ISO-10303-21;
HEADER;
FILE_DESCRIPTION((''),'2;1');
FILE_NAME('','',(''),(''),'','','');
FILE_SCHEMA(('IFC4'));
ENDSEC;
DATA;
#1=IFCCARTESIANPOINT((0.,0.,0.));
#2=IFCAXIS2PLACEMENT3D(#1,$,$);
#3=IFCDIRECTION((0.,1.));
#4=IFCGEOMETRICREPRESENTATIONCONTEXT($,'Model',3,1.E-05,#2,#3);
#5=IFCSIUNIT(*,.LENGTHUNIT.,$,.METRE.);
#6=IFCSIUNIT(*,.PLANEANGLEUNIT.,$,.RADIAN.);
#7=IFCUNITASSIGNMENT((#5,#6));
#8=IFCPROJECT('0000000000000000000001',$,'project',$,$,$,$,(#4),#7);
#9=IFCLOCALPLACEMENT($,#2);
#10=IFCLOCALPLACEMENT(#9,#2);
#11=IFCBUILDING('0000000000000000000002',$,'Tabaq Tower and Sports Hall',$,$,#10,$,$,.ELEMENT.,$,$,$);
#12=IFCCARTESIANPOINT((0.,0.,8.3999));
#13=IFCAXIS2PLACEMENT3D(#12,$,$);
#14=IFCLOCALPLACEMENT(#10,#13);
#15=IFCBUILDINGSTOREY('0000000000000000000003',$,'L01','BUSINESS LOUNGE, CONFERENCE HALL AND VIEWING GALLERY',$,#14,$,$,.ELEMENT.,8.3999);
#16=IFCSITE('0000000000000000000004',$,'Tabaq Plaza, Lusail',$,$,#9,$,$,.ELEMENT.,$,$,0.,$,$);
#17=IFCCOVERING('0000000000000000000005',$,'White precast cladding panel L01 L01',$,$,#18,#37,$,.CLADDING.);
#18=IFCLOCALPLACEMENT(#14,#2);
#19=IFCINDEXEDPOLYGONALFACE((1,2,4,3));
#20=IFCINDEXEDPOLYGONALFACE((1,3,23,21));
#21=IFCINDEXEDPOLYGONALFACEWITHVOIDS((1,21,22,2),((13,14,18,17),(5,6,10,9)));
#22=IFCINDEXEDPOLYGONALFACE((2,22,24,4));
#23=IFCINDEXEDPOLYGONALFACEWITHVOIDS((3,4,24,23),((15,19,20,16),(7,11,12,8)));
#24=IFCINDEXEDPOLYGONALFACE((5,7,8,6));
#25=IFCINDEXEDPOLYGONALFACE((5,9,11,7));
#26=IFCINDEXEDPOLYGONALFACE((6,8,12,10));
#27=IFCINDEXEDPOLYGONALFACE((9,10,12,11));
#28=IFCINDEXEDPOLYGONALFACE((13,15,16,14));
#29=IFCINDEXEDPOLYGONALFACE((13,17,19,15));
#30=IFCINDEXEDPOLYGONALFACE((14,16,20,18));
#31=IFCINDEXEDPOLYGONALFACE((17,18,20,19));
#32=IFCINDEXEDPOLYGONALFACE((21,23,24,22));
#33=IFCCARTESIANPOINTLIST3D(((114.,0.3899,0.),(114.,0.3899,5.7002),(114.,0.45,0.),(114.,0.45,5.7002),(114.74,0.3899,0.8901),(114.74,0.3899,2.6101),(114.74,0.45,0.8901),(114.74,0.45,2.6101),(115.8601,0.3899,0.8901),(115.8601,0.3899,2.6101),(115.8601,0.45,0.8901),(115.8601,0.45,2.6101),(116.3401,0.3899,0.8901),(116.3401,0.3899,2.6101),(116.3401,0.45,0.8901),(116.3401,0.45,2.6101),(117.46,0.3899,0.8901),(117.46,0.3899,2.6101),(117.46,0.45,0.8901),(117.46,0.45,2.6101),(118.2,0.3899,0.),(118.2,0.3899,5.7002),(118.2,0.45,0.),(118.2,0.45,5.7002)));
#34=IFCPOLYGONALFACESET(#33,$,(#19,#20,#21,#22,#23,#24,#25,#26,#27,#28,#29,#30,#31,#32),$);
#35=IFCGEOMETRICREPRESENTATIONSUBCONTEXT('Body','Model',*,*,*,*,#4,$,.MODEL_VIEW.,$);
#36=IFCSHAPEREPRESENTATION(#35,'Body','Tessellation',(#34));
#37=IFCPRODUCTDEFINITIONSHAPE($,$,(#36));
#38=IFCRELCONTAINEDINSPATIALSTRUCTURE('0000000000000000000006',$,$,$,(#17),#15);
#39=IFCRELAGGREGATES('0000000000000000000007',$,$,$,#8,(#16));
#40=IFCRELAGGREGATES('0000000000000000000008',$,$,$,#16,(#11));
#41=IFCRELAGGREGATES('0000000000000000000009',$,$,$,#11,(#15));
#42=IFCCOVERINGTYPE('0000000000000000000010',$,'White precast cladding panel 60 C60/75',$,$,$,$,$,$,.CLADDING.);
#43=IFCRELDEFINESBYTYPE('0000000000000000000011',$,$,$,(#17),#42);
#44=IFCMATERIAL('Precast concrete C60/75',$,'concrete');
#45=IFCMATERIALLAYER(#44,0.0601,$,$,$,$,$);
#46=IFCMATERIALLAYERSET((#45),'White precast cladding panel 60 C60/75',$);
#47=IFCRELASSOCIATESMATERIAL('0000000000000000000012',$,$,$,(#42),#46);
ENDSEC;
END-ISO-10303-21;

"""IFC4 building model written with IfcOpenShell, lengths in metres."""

from ifc_helpers import new_model, si_unit, direction, frame, origin, place, context, subcontext, project, spatial, polyline, outline, extrude, material, layer, layer_set, type_object, element, save


model = new_model("IFC4")

# Units and contexts
model_context = context("Model", 3, precision=1e-05, world=origin(), true_north=direction((0.0, 1.0)))
body_context = subcontext(model_context, "Body", "Model", "MODEL_VIEW")
ifc_project = project(units=[si_unit("LENGTHUNIT", "METRE"), si_unit("PLANEANGLEUNIT", "RADIAN")], contexts=[model_context])

# Site, building, storey
site_placement = place(None, origin())
site = spatial("IfcSite", under=ifc_project, at=site_placement, Name="Tabaq Plaza, Lusail", CompositionType="ELEMENT", RefElevation=0.0)
building_placement = place(site_placement, origin())
building = spatial("IfcBuilding", under=site, at=building_placement, Name="Tabaq Tower and Sports Hall", CompositionType="ELEMENT")
storey_placement = place(building_placement, frame((0.0, 0.0, 8.3999)))
storey = spatial("IfcBuildingStorey", under=building, at=storey_placement, Name="L01", Description="BUSINESS LOUNGE, CONFERENCE HALL AND VIEWING GALLERY", CompositionType="ELEMENT", Elevation=8.3999)

# Covering
ifc_material_1 = material(Name="Precast concrete C60/75", Category="concrete")
ifc_layer_1 = layer(ifc_material_1, 0.0601)
ifc_layer_set_1 = layer_set([ifc_layer_1], Name="White precast cladding panel 60 C60/75")
covering_type = type_object("IfcCoveringType", Name="White precast cladding panel 60 C60/75", PredefinedType="CLADDING", material=ifc_layer_set_1)
covering_placement = place(storey_placement, frame((114.0, 0.4199, 0.0), z_axis=(0.0, 0.0, 1.0), x_axis=(1.0, 0.0, 0.0)))
element("IfcCovering", 1, at=covering_placement, inside=storey, type_object=covering_type, Name="White precast cladding panel L01 L01", PredefinedType="CLADDING", context=body_context, shape_type="SweptSolid", body=[
    extrude(outline(polyline([(0.0, 0.0), (4.2, 0.0), (4.2, 5.7002), (0.0, 5.7002), (0.0, 0.0)]), holes=[polyline([(0.74, 2.6101), (1.8601, 2.6101), (1.8601, 0.8901), (0.74, 0.8901), (0.74, 2.6101)]), polyline([(2.3401, 2.6101), (3.46, 2.6101), (3.46, 0.8901), (2.3401, 0.8901), (2.3401, 2.6101)])]), frame((0.0, 0.03, 0.0), z_axis=(0.0, -1.0, 0.0), x_axis=(1.0, 0.0, 0.0)), (0.0, 0.0, 1.0), 0.0601),
])

save(model, "model.ifc")
